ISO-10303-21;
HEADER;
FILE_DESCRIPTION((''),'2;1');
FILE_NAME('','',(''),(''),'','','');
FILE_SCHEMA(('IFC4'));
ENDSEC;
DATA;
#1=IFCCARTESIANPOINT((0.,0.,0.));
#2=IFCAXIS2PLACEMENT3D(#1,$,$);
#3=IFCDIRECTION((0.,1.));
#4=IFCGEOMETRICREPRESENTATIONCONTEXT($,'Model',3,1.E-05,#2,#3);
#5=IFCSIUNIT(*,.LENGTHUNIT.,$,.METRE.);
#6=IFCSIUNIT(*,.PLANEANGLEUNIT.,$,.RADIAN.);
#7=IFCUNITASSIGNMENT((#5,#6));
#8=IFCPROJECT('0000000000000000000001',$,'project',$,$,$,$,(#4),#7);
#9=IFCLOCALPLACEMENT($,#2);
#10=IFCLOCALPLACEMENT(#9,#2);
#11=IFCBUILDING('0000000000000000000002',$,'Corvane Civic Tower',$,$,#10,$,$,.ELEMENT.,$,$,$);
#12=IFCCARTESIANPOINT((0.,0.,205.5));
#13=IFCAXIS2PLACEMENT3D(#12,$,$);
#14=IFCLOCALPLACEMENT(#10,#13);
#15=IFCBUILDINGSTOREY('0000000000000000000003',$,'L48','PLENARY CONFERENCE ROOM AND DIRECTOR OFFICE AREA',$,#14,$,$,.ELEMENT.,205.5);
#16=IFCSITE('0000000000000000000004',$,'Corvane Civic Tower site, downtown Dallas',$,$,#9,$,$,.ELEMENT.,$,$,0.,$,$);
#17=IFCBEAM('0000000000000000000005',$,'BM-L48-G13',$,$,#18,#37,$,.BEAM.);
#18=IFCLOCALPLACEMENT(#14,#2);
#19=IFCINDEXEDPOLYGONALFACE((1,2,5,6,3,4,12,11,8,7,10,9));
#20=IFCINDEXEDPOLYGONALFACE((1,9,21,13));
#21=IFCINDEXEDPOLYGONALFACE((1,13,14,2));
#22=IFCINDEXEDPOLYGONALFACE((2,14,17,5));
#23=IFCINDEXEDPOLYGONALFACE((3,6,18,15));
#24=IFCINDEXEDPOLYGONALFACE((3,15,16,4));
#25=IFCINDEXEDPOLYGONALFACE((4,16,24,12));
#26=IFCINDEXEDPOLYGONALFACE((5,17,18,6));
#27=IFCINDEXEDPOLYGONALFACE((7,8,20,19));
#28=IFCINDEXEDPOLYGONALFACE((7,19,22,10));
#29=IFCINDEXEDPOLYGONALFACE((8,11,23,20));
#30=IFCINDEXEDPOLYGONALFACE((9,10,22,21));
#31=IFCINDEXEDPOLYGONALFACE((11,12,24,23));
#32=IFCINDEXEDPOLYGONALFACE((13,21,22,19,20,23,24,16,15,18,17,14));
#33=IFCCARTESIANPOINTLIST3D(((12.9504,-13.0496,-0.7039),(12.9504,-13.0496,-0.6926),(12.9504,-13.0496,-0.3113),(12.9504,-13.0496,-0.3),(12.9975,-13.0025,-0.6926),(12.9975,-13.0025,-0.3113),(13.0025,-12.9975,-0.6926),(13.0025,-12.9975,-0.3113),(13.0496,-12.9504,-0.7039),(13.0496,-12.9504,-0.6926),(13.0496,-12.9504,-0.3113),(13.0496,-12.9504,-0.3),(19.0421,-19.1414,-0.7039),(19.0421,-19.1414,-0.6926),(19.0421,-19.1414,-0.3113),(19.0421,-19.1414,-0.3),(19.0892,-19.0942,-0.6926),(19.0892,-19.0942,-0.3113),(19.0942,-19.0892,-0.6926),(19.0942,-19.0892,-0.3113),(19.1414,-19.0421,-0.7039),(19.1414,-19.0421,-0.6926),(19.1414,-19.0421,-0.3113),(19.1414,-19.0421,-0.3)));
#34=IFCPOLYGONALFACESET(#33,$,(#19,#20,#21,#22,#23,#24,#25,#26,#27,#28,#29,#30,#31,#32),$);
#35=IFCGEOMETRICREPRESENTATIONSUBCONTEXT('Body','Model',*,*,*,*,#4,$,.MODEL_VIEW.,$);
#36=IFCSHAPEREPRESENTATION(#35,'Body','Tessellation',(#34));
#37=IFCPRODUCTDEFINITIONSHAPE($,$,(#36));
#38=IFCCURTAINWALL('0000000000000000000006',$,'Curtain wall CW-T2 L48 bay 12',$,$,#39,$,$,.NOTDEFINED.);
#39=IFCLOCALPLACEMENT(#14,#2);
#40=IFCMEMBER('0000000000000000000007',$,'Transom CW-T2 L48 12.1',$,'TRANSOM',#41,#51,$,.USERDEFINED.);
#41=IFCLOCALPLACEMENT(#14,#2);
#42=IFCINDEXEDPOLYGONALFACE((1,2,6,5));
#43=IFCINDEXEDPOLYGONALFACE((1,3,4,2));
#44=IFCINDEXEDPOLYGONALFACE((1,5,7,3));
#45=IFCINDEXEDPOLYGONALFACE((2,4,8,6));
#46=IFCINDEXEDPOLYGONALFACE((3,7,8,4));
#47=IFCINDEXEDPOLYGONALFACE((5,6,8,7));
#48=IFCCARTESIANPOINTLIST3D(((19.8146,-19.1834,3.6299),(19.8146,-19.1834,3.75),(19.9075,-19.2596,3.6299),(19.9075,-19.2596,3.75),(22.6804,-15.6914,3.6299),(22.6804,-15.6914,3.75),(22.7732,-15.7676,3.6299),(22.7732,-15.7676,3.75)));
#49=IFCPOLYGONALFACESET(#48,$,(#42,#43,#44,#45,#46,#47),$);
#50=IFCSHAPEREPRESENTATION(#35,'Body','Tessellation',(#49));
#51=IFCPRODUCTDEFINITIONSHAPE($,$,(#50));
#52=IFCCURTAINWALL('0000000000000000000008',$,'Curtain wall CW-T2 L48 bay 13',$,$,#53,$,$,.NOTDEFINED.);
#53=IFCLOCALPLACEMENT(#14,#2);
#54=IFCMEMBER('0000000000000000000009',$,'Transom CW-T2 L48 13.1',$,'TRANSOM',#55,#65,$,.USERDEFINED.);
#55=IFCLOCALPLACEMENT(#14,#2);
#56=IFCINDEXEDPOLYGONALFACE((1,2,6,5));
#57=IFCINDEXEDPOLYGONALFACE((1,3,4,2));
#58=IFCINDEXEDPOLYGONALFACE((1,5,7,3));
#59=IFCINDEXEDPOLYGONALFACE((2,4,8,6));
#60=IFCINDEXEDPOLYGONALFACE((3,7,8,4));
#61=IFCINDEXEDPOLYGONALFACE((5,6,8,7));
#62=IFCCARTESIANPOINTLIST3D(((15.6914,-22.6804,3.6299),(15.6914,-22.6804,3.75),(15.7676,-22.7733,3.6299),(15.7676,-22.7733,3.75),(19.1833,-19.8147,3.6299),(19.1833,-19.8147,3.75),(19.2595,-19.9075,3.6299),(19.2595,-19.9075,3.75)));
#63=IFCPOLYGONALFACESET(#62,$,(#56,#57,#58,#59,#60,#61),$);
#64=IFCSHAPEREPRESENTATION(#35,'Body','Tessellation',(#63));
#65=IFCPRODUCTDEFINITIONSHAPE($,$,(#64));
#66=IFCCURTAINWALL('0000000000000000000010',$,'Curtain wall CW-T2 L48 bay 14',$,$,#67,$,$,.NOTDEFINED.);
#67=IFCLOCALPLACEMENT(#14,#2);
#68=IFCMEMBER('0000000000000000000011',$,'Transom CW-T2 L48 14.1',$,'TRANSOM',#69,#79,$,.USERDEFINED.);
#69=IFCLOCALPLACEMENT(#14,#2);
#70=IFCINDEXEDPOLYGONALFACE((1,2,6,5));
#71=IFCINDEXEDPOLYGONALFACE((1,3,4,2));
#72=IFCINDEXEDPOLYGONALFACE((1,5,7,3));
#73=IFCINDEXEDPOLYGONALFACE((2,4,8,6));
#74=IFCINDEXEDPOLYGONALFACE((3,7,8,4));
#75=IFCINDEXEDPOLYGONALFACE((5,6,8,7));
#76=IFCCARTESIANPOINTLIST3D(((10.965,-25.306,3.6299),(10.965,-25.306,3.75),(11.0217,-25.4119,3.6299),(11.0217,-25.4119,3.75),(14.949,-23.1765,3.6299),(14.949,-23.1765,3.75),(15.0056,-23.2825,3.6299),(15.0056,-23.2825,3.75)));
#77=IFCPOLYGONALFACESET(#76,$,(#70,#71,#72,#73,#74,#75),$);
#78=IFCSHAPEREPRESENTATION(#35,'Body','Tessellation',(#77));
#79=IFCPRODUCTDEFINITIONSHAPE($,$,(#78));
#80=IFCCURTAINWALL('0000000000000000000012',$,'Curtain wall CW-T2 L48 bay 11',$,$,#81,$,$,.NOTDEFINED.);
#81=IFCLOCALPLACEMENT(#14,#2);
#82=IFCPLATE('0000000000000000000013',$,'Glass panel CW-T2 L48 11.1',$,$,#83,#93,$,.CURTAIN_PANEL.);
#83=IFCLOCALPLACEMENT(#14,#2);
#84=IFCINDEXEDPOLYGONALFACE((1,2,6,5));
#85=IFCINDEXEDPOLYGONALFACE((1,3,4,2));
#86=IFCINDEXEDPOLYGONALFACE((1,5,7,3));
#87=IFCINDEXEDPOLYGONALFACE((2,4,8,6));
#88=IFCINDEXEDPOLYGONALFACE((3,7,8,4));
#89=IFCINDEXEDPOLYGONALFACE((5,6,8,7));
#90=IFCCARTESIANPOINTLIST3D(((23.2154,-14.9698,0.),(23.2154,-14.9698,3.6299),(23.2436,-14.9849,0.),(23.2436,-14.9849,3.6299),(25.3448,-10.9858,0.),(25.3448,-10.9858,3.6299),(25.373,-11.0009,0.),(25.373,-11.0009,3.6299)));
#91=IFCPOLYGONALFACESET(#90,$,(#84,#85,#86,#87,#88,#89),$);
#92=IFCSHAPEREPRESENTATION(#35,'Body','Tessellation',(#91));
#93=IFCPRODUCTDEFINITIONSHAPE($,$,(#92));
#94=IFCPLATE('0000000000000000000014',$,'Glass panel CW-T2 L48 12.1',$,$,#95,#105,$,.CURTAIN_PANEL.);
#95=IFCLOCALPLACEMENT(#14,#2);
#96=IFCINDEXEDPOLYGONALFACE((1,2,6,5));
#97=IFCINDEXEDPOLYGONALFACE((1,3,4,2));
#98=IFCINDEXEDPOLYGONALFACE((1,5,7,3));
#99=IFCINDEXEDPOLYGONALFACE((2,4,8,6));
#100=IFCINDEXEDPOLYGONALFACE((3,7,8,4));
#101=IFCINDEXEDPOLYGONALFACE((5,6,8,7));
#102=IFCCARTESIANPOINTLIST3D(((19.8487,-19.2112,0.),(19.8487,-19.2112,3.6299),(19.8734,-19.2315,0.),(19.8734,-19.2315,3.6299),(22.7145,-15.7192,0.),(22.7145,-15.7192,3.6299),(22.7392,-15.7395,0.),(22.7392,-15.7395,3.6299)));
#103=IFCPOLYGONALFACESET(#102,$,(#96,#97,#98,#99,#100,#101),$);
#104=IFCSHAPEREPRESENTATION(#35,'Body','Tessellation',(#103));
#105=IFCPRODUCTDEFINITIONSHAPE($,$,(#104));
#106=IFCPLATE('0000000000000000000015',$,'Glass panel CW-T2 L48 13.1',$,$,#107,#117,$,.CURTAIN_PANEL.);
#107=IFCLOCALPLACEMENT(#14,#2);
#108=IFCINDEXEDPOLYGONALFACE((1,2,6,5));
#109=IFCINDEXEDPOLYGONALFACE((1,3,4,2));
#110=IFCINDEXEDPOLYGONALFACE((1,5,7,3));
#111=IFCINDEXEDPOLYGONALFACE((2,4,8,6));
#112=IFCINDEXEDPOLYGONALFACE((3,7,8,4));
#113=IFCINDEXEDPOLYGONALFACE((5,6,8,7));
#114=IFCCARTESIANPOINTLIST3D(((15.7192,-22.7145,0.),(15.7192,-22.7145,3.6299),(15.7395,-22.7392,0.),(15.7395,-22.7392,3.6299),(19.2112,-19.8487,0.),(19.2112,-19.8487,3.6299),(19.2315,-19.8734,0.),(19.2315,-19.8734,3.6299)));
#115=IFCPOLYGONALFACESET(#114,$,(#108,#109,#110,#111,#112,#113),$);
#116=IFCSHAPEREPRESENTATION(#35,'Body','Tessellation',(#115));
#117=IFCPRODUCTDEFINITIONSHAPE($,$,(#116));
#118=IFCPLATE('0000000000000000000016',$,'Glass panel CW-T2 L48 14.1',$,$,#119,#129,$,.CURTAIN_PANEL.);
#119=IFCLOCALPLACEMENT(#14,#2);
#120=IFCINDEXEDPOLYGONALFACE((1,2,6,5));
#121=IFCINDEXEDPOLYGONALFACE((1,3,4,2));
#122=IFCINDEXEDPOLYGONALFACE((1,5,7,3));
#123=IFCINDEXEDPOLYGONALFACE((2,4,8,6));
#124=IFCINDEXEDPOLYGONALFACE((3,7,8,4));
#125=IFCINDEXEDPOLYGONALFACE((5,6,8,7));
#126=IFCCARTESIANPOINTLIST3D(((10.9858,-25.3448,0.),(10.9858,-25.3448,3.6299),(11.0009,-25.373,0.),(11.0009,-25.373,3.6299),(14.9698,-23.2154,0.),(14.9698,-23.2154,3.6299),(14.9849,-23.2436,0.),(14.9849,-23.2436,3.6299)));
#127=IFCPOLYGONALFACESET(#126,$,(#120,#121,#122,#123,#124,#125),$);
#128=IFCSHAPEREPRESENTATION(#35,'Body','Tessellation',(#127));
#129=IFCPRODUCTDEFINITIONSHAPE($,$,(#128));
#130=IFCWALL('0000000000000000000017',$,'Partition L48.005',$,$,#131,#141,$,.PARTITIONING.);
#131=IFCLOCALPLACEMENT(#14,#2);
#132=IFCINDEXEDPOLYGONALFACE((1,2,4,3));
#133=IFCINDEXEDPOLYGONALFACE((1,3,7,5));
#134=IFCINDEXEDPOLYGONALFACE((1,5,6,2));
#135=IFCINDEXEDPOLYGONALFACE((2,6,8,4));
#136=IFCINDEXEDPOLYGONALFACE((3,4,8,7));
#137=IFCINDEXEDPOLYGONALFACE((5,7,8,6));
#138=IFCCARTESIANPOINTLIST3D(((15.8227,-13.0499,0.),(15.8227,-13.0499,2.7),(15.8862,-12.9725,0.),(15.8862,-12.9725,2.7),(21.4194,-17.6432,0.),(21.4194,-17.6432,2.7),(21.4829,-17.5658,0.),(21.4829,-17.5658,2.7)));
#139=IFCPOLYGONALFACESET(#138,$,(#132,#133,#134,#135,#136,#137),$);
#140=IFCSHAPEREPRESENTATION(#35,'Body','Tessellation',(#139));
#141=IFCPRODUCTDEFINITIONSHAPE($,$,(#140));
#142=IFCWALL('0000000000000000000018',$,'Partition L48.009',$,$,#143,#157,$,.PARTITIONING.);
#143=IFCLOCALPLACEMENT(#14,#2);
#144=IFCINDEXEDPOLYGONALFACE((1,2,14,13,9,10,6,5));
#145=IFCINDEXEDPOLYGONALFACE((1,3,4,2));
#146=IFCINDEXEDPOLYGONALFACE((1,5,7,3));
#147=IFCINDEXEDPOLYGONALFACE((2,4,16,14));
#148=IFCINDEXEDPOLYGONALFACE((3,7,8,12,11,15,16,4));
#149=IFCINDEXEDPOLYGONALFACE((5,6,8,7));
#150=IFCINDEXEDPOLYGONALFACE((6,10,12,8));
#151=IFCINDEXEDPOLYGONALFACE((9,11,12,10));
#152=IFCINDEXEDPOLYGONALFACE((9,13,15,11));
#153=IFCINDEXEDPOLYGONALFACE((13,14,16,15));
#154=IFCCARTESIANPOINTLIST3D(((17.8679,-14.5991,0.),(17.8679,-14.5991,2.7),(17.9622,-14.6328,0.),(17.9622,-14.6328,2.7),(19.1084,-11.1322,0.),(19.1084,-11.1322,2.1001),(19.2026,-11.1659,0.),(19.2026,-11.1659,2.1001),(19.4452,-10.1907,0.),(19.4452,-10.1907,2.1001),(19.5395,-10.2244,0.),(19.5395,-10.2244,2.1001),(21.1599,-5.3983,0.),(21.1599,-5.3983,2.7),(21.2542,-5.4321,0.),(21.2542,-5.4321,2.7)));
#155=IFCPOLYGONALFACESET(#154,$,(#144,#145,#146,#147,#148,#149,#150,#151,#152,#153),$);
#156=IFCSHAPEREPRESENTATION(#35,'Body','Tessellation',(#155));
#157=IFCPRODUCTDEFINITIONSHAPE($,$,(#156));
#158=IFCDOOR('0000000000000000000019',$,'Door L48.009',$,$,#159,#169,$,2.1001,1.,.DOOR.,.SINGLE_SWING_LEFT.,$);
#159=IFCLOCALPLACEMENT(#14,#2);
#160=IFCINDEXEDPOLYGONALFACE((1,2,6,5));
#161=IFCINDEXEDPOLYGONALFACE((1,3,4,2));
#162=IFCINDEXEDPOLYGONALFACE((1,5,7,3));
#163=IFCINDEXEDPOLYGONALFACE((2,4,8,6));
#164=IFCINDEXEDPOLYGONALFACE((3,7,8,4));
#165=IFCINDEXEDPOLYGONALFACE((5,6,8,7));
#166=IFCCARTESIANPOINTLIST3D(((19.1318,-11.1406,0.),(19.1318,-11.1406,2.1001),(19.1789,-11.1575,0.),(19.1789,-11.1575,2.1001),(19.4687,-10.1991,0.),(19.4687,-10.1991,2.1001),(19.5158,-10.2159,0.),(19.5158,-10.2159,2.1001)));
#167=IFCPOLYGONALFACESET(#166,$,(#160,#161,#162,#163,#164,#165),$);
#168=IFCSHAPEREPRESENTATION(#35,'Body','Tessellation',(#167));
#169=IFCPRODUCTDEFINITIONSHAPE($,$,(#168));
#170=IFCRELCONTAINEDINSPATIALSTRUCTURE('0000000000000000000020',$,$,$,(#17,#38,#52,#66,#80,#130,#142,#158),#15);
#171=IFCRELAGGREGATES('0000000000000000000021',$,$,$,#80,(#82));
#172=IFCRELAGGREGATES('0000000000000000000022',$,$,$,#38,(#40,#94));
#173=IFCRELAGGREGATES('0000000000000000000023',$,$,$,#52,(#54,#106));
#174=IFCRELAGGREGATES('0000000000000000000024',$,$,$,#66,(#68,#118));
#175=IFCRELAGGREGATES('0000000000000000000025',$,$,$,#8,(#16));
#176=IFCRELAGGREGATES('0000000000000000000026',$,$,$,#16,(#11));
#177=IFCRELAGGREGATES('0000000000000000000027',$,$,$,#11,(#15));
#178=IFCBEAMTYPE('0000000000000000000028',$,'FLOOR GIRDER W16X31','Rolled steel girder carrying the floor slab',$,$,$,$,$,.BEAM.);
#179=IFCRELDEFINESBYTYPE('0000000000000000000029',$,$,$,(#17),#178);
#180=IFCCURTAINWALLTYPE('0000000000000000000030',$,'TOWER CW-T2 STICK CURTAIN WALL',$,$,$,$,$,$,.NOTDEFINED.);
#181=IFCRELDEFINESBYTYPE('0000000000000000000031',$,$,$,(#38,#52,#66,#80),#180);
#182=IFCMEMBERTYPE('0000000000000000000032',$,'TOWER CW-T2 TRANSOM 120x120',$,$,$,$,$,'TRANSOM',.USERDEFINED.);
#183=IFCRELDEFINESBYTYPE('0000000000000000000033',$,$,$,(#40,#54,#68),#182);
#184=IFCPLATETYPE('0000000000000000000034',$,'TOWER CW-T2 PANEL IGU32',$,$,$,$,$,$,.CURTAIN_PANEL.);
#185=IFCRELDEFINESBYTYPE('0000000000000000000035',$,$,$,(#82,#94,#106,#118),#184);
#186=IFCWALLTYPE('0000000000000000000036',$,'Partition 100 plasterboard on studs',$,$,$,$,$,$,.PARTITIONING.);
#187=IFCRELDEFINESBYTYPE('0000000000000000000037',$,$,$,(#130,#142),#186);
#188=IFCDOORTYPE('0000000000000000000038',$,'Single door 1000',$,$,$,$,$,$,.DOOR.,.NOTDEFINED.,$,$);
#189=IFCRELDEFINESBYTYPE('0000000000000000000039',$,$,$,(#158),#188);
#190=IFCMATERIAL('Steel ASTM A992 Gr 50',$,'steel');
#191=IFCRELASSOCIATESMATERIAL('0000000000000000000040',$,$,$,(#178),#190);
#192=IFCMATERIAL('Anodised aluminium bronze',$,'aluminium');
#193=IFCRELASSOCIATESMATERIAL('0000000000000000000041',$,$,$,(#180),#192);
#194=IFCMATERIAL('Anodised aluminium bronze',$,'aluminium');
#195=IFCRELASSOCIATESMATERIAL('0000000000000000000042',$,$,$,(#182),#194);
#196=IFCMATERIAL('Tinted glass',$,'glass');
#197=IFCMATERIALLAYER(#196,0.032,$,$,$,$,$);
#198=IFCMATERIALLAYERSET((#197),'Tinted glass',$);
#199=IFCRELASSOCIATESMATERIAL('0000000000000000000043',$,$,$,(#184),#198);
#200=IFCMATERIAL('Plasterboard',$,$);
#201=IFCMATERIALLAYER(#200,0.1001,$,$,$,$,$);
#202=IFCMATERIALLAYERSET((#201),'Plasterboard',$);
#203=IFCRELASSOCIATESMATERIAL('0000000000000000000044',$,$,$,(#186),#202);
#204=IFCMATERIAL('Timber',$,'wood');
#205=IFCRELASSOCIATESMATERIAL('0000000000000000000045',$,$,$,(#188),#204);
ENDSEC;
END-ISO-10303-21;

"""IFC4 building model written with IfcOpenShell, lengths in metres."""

from ifc_helpers import new_model, si_unit, direction, frame, frame_2d, origin, origin_2d, place, context, subcontext, project, spatial, rectangle, i_section, extrude, material, layer, layer_set, material_profile, profile_set, type_object, element, fill, aggregate, save


model = new_model("IFC4")

# Units and contexts
model_context = context("Model", 3, precision=1e-05, world=origin(), true_north=direction((0.0, 1.0)))
body_context = subcontext(model_context, "Body", "Model", "MODEL_VIEW")
ifc_project = project(units=[si_unit("LENGTHUNIT", "METRE"), si_unit("PLANEANGLEUNIT", "RADIAN")], contexts=[model_context])

# Site, building, storey
site_placement = place(None, origin())
site = spatial("IfcSite", under=ifc_project, at=site_placement, Name="Corvane Civic Tower site, downtown Dallas", CompositionType="ELEMENT", RefElevation=0.0)
building_placement = place(site_placement, origin())
building = spatial("IfcBuilding", under=site, at=building_placement, Name="Corvane Civic Tower", CompositionType="ELEMENT")
storey_placement = place(building_placement, frame((0.0, 0.0, 205.5)))
storey = spatial("IfcBuildingStorey", under=building, at=storey_placement, Name="L48", Description="PLENARY CONFERENCE ROOM AND DIRECTOR OFFICE AREA", CompositionType="ELEMENT", Elevation=205.5)

# Beam
ifc_material_1 = material(Name="Steel ASTM A992 Gr 50", Category="steel")
ifc_material_profile_1 = material_profile(ifc_material_1, i_section(OverallWidth=0.1404, OverallDepth=0.4038, WebThickness=0.0071, FlangeThickness=0.0112, at=origin_2d()), Name="W16X31")
ifc_profile_set_1 = profile_set([ifc_material_profile_1], Name="Steel ASTM A992 Gr 50")
beam_type_1 = type_object("IfcBeamType", Name="FLOOR GIRDER W16X31", Description="Rolled steel girder carrying the floor slab", PredefinedType="BEAM", material=ifc_profile_set_1)
beam_placement = place(storey_placement, frame((13.0, -13.0, -0.502), z_axis=(0.707107, -0.707107, 0.0), x_axis=(0.707107, 0.707107, 0.0)))
element("IfcBeam", 1, at=beam_placement, inside=storey, type_object=beam_type_1, Name="BM-L48-G13", PredefinedType="BEAM", context=body_context, shape_type="SweptSolid", body=[
    extrude(i_section(OverallWidth=0.1404, OverallDepth=0.4038, WebThickness=0.0071, FlangeThickness=0.0112, at=origin_2d()), origin(), (0.0, 0.0, 1.0), 8.615),
])

# Curtain walls, members
ifc_material_2 = material(Name="Anodised aluminium bronze", Category="aluminium")
curtain_wall_type = type_object("IfcCurtainWallType", Name="TOWER CW-T2 STICK CURTAIN WALL", PredefinedType="NOTDEFINED", material=ifc_material_2)
curtain_wall_1_placement = place(storey_placement, origin())
curtain_wall_1 = element("IfcCurtainWall", 2, at=curtain_wall_1_placement, inside=storey, type_object=curtain_wall_type, Name="Curtain wall CW-T2 L48 bay 12", PredefinedType="NOTDEFINED")
ifc_material_3 = material(Name="Anodised aluminium bronze", Category="aluminium")
ifc_material_profile_2 = material_profile(ifc_material_3, rectangle(XDim=0.1201, YDim=0.1201, at=origin_2d()), Name="TOWER CW-T2 TRANSOM 120x120")
ifc_profile_set_2 = profile_set([ifc_material_profile_2], Name="Anodised aluminium bronze")
member_type = type_object("IfcMemberType", Name="TOWER CW-T2 TRANSOM 120x120", ElementType="TRANSOM", PredefinedType="USERDEFINED", material=ifc_profile_set_2)
member_1_placement = place(storey_placement, frame((22.7268, -15.7295, 3.6899), z_axis=(-0.634388, -0.773015, 0.0), x_axis=(0.773015, -0.634388, 0.0)))
member_1 = element("IfcMember", 3, at=member_1_placement, type_object=member_type, Name="Transom CW-T2 L48 12.1", ObjectType="TRANSOM", PredefinedType="USERDEFINED", context=body_context, shape_type="SweptSolid", body=[
    extrude(rectangle(XDim=0.1201, YDim=0.1201, at=origin_2d()), origin(), (0.0, 0.0, 1.0), 4.5173),
])
curtain_wall_2_placement = place(storey_placement, origin())
curtain_wall_2 = element("IfcCurtainWall", 4, at=curtain_wall_2_placement, inside=storey, type_object=curtain_wall_type, Name="Curtain wall CW-T2 L48 bay 13", PredefinedType="NOTDEFINED")
member_2_placement = place(storey_placement, frame((19.2214, -19.8611, 3.6899), z_axis=(-0.773015, -0.634388, 0.0), x_axis=(0.634388, -0.773015, 0.0)))
member_2 = element("IfcMember", 5, at=member_2_placement, type_object=member_type, Name="Transom CW-T2 L48 13.1", ObjectType="TRANSOM", PredefinedType="USERDEFINED", context=body_context, shape_type="SweptSolid", body=[
    extrude(rectangle(XDim=0.1201, YDim=0.1201, at=origin_2d()), origin(), (0.0, 0.0, 1.0), 4.5173),
])
curtain_wall_3_placement = place(storey_placement, origin())
curtain_wall_3 = element("IfcCurtainWall", 6, at=curtain_wall_3_placement, inside=storey, type_object=curtain_wall_type, Name="Curtain wall CW-T2 L48 bay 14", PredefinedType="NOTDEFINED")
member_3_placement = place(storey_placement, frame((14.9773, -23.2295, 3.6899), z_axis=(-0.881925, -0.47139, 0.0), x_axis=(0.47139, -0.881925, 0.0)))
member_3 = element("IfcMember", 7, at=member_3_placement, type_object=member_type, Name="Transom CW-T2 L48 14.1", ObjectType="TRANSOM", PredefinedType="USERDEFINED", context=body_context, shape_type="SweptSolid", body=[
    extrude(rectangle(XDim=0.1201, YDim=0.1201, at=origin_2d()), origin(), (0.0, 0.0, 1.0), 4.5173),
])

# Curtain wall, plate
curtain_wall_4_placement = place(storey_placement, origin())
curtain_wall_4 = element("IfcCurtainWall", 8, at=curtain_wall_4_placement, inside=storey, type_object=curtain_wall_type, Name="Curtain wall CW-T2 L48 bay 11", PredefinedType="NOTDEFINED")
ifc_material_4 = material(Name="Tinted glass", Category="glass")
ifc_layer_1 = layer(ifc_material_4, 0.032)
ifc_layer_set_1 = layer_set([ifc_layer_1], Name="Tinted glass")
plate_type = type_object("IfcPlateType", Name="TOWER CW-T2 PANEL IGU32", PredefinedType="CURTAIN_PANEL", material=ifc_layer_set_1)
plate_1_placement = place(storey_placement, frame((24.2942, -12.9854, 0.0), z_axis=(0.0, 0.0, 1.0), x_axis=(-0.471398, -0.88192, 0.0)))
plate_1 = element("IfcPlate", 9, at=plate_1_placement, type_object=plate_type, Name="Glass panel CW-T2 L48 11.1", PredefinedType="CURTAIN_PANEL", context=body_context, shape_type="SweptSolid", body=[
    extrude(rectangle(XDim=4.5173, YDim=0.032, at=origin_2d()), origin(), (0.0, 0.0, 1.0), 3.6299),
])
aggregate(curtain_wall_4, [plate_1])

# Plates
plate_2_placement = place(storey_placement, frame((21.2939, -17.4753, 0.0), z_axis=(0.0, 0.0, 1.0), x_axis=(-0.634391, -0.773012, 0.0)))
plate_2 = element("IfcPlate", 10, at=plate_2_placement, type_object=plate_type, Name="Glass panel CW-T2 L48 12.1", PredefinedType="CURTAIN_PANEL", context=body_context, shape_type="SweptSolid", body=[
    extrude(rectangle(XDim=4.5173, YDim=0.032, at=origin_2d()), origin(), (0.0, 0.0, 1.0), 3.6299),
])
aggregate(curtain_wall_1, [member_1, plate_2])
plate_3_placement = place(storey_placement, frame((17.4753, -21.2939, 0.0), z_axis=(0.0, 0.0, 1.0), x_axis=(-0.773012, -0.634391, 0.0)))
plate_3 = element("IfcPlate", 11, at=plate_3_placement, type_object=plate_type, Name="Glass panel CW-T2 L48 13.1", PredefinedType="CURTAIN_PANEL", context=body_context, shape_type="SweptSolid", body=[
    extrude(rectangle(XDim=4.5173, YDim=0.032, at=origin_2d()), origin(), (0.0, 0.0, 1.0), 3.6299),
])
aggregate(curtain_wall_2, [member_2, plate_3])
plate_4_placement = place(storey_placement, frame((12.9854, -24.2942, 0.0), z_axis=(0.0, 0.0, 1.0), x_axis=(-0.88192, -0.471398, 0.0)))
plate_4 = element("IfcPlate", 12, at=plate_4_placement, type_object=plate_type, Name="Glass panel CW-T2 L48 14.1", PredefinedType="CURTAIN_PANEL", context=body_context, shape_type="SweptSolid", body=[
    extrude(rectangle(XDim=4.5173, YDim=0.032, at=origin_2d()), origin(), (0.0, 0.0, 1.0), 3.6299),
])
aggregate(curtain_wall_3, [member_3, plate_4])

# Wall
ifc_material_5 = material(Name="Plasterboard")
ifc_layer_2 = layer(ifc_material_5, 0.1001)
ifc_layer_set_2 = layer_set([ifc_layer_2], Name="Plasterboard")
wall_type_1 = type_object("IfcWallType", Name="Partition 100 plasterboard on studs", PredefinedType="PARTITIONING", material=ifc_layer_set_2)
wall_1_placement = place(storey_placement, frame((15.8545, -13.0112, 0.0), z_axis=(0.0, 0.0, 1.0), x_axis=(0.772998, -0.634409, 0.0)))
element("IfcWall", 13, at=wall_1_placement, inside=storey, type_object=wall_type_1, Name="Partition L48.005", PredefinedType="PARTITIONING", context=body_context, shape_type="SweptSolid", body=[
    extrude(rectangle(XDim=7.2402, YDim=0.1001, at=frame_2d((3.6201, 0.0))), origin(), (0.0, 0.0, 1.0), 2.7),
])

# Wall, opening, door
wall_2_placement = place(storey_placement, frame((17.915, -14.616, 0.0), z_axis=(0.0, 0.0, 1.0), x_axis=(0.336884, 0.941546, 0.0)))
wall_2 = element("IfcWall", 14, at=wall_2_placement, inside=storey, type_object=wall_type_1, Name="Partition L48.009", PredefinedType="PARTITIONING", context=body_context, shape_type="SweptSolid", body=[
    extrude(rectangle(XDim=9.772, YDim=0.1001, at=frame_2d((4.886, 0.0))), origin(), (0.0, 0.0, 1.0), 2.7),
])
opening_1_placement = place(wall_2_placement, frame((3.6821, 0.0, 0.0)))
opening_1 = element("IfcOpeningElement", 15, at=opening_1_placement, cuts=wall_2, PredefinedType="OPENING", context=body_context, shape_type="SweptSolid", body=[
    extrude(rectangle(XDim=1.0, YDim=2.1001, at=frame_2d((0.5, 1.05))), frame((0.0, 0.0601, 0.0), z_axis=(0.0, -1.0, 0.0), x_axis=(1.0, 0.0, 0.0)), (0.0, 0.0, 1.0), 0.1201),
])
ifc_material_6 = material(Name="Timber", Category="wood")
door_type_1 = type_object("IfcDoorType", Name="Single door 1000", OperationType="NOTDEFINED", PredefinedType="DOOR", material=ifc_material_6)
door_1_placement = place(opening_1_placement, frame((1.0, 0.0, 0.0), z_axis=(0.0, 0.0, 1.0), x_axis=(-1.0, 0.0, 0.0)))
door_1 = element("IfcDoor", 16, at=door_1_placement, inside=storey, type_object=door_type_1, Name="Door L48.009", OperationType="SINGLE_SWING_LEFT", OverallHeight=2.1001, OverallWidth=1.0, PredefinedType="DOOR", context=body_context, shape_type="SweptSolid", body=[
    extrude(rectangle(XDim=1.0, YDim=2.1001, at=frame_2d((0.5, 1.05))), frame((0.0, 0.0249, 0.0), z_axis=(0.0, -1.0, 0.0), x_axis=(1.0, 0.0, 0.0)), (0.0, 0.0, 1.0), 0.05),
])
fill(opening_1, door_1)

save(model, "model.ifc")
